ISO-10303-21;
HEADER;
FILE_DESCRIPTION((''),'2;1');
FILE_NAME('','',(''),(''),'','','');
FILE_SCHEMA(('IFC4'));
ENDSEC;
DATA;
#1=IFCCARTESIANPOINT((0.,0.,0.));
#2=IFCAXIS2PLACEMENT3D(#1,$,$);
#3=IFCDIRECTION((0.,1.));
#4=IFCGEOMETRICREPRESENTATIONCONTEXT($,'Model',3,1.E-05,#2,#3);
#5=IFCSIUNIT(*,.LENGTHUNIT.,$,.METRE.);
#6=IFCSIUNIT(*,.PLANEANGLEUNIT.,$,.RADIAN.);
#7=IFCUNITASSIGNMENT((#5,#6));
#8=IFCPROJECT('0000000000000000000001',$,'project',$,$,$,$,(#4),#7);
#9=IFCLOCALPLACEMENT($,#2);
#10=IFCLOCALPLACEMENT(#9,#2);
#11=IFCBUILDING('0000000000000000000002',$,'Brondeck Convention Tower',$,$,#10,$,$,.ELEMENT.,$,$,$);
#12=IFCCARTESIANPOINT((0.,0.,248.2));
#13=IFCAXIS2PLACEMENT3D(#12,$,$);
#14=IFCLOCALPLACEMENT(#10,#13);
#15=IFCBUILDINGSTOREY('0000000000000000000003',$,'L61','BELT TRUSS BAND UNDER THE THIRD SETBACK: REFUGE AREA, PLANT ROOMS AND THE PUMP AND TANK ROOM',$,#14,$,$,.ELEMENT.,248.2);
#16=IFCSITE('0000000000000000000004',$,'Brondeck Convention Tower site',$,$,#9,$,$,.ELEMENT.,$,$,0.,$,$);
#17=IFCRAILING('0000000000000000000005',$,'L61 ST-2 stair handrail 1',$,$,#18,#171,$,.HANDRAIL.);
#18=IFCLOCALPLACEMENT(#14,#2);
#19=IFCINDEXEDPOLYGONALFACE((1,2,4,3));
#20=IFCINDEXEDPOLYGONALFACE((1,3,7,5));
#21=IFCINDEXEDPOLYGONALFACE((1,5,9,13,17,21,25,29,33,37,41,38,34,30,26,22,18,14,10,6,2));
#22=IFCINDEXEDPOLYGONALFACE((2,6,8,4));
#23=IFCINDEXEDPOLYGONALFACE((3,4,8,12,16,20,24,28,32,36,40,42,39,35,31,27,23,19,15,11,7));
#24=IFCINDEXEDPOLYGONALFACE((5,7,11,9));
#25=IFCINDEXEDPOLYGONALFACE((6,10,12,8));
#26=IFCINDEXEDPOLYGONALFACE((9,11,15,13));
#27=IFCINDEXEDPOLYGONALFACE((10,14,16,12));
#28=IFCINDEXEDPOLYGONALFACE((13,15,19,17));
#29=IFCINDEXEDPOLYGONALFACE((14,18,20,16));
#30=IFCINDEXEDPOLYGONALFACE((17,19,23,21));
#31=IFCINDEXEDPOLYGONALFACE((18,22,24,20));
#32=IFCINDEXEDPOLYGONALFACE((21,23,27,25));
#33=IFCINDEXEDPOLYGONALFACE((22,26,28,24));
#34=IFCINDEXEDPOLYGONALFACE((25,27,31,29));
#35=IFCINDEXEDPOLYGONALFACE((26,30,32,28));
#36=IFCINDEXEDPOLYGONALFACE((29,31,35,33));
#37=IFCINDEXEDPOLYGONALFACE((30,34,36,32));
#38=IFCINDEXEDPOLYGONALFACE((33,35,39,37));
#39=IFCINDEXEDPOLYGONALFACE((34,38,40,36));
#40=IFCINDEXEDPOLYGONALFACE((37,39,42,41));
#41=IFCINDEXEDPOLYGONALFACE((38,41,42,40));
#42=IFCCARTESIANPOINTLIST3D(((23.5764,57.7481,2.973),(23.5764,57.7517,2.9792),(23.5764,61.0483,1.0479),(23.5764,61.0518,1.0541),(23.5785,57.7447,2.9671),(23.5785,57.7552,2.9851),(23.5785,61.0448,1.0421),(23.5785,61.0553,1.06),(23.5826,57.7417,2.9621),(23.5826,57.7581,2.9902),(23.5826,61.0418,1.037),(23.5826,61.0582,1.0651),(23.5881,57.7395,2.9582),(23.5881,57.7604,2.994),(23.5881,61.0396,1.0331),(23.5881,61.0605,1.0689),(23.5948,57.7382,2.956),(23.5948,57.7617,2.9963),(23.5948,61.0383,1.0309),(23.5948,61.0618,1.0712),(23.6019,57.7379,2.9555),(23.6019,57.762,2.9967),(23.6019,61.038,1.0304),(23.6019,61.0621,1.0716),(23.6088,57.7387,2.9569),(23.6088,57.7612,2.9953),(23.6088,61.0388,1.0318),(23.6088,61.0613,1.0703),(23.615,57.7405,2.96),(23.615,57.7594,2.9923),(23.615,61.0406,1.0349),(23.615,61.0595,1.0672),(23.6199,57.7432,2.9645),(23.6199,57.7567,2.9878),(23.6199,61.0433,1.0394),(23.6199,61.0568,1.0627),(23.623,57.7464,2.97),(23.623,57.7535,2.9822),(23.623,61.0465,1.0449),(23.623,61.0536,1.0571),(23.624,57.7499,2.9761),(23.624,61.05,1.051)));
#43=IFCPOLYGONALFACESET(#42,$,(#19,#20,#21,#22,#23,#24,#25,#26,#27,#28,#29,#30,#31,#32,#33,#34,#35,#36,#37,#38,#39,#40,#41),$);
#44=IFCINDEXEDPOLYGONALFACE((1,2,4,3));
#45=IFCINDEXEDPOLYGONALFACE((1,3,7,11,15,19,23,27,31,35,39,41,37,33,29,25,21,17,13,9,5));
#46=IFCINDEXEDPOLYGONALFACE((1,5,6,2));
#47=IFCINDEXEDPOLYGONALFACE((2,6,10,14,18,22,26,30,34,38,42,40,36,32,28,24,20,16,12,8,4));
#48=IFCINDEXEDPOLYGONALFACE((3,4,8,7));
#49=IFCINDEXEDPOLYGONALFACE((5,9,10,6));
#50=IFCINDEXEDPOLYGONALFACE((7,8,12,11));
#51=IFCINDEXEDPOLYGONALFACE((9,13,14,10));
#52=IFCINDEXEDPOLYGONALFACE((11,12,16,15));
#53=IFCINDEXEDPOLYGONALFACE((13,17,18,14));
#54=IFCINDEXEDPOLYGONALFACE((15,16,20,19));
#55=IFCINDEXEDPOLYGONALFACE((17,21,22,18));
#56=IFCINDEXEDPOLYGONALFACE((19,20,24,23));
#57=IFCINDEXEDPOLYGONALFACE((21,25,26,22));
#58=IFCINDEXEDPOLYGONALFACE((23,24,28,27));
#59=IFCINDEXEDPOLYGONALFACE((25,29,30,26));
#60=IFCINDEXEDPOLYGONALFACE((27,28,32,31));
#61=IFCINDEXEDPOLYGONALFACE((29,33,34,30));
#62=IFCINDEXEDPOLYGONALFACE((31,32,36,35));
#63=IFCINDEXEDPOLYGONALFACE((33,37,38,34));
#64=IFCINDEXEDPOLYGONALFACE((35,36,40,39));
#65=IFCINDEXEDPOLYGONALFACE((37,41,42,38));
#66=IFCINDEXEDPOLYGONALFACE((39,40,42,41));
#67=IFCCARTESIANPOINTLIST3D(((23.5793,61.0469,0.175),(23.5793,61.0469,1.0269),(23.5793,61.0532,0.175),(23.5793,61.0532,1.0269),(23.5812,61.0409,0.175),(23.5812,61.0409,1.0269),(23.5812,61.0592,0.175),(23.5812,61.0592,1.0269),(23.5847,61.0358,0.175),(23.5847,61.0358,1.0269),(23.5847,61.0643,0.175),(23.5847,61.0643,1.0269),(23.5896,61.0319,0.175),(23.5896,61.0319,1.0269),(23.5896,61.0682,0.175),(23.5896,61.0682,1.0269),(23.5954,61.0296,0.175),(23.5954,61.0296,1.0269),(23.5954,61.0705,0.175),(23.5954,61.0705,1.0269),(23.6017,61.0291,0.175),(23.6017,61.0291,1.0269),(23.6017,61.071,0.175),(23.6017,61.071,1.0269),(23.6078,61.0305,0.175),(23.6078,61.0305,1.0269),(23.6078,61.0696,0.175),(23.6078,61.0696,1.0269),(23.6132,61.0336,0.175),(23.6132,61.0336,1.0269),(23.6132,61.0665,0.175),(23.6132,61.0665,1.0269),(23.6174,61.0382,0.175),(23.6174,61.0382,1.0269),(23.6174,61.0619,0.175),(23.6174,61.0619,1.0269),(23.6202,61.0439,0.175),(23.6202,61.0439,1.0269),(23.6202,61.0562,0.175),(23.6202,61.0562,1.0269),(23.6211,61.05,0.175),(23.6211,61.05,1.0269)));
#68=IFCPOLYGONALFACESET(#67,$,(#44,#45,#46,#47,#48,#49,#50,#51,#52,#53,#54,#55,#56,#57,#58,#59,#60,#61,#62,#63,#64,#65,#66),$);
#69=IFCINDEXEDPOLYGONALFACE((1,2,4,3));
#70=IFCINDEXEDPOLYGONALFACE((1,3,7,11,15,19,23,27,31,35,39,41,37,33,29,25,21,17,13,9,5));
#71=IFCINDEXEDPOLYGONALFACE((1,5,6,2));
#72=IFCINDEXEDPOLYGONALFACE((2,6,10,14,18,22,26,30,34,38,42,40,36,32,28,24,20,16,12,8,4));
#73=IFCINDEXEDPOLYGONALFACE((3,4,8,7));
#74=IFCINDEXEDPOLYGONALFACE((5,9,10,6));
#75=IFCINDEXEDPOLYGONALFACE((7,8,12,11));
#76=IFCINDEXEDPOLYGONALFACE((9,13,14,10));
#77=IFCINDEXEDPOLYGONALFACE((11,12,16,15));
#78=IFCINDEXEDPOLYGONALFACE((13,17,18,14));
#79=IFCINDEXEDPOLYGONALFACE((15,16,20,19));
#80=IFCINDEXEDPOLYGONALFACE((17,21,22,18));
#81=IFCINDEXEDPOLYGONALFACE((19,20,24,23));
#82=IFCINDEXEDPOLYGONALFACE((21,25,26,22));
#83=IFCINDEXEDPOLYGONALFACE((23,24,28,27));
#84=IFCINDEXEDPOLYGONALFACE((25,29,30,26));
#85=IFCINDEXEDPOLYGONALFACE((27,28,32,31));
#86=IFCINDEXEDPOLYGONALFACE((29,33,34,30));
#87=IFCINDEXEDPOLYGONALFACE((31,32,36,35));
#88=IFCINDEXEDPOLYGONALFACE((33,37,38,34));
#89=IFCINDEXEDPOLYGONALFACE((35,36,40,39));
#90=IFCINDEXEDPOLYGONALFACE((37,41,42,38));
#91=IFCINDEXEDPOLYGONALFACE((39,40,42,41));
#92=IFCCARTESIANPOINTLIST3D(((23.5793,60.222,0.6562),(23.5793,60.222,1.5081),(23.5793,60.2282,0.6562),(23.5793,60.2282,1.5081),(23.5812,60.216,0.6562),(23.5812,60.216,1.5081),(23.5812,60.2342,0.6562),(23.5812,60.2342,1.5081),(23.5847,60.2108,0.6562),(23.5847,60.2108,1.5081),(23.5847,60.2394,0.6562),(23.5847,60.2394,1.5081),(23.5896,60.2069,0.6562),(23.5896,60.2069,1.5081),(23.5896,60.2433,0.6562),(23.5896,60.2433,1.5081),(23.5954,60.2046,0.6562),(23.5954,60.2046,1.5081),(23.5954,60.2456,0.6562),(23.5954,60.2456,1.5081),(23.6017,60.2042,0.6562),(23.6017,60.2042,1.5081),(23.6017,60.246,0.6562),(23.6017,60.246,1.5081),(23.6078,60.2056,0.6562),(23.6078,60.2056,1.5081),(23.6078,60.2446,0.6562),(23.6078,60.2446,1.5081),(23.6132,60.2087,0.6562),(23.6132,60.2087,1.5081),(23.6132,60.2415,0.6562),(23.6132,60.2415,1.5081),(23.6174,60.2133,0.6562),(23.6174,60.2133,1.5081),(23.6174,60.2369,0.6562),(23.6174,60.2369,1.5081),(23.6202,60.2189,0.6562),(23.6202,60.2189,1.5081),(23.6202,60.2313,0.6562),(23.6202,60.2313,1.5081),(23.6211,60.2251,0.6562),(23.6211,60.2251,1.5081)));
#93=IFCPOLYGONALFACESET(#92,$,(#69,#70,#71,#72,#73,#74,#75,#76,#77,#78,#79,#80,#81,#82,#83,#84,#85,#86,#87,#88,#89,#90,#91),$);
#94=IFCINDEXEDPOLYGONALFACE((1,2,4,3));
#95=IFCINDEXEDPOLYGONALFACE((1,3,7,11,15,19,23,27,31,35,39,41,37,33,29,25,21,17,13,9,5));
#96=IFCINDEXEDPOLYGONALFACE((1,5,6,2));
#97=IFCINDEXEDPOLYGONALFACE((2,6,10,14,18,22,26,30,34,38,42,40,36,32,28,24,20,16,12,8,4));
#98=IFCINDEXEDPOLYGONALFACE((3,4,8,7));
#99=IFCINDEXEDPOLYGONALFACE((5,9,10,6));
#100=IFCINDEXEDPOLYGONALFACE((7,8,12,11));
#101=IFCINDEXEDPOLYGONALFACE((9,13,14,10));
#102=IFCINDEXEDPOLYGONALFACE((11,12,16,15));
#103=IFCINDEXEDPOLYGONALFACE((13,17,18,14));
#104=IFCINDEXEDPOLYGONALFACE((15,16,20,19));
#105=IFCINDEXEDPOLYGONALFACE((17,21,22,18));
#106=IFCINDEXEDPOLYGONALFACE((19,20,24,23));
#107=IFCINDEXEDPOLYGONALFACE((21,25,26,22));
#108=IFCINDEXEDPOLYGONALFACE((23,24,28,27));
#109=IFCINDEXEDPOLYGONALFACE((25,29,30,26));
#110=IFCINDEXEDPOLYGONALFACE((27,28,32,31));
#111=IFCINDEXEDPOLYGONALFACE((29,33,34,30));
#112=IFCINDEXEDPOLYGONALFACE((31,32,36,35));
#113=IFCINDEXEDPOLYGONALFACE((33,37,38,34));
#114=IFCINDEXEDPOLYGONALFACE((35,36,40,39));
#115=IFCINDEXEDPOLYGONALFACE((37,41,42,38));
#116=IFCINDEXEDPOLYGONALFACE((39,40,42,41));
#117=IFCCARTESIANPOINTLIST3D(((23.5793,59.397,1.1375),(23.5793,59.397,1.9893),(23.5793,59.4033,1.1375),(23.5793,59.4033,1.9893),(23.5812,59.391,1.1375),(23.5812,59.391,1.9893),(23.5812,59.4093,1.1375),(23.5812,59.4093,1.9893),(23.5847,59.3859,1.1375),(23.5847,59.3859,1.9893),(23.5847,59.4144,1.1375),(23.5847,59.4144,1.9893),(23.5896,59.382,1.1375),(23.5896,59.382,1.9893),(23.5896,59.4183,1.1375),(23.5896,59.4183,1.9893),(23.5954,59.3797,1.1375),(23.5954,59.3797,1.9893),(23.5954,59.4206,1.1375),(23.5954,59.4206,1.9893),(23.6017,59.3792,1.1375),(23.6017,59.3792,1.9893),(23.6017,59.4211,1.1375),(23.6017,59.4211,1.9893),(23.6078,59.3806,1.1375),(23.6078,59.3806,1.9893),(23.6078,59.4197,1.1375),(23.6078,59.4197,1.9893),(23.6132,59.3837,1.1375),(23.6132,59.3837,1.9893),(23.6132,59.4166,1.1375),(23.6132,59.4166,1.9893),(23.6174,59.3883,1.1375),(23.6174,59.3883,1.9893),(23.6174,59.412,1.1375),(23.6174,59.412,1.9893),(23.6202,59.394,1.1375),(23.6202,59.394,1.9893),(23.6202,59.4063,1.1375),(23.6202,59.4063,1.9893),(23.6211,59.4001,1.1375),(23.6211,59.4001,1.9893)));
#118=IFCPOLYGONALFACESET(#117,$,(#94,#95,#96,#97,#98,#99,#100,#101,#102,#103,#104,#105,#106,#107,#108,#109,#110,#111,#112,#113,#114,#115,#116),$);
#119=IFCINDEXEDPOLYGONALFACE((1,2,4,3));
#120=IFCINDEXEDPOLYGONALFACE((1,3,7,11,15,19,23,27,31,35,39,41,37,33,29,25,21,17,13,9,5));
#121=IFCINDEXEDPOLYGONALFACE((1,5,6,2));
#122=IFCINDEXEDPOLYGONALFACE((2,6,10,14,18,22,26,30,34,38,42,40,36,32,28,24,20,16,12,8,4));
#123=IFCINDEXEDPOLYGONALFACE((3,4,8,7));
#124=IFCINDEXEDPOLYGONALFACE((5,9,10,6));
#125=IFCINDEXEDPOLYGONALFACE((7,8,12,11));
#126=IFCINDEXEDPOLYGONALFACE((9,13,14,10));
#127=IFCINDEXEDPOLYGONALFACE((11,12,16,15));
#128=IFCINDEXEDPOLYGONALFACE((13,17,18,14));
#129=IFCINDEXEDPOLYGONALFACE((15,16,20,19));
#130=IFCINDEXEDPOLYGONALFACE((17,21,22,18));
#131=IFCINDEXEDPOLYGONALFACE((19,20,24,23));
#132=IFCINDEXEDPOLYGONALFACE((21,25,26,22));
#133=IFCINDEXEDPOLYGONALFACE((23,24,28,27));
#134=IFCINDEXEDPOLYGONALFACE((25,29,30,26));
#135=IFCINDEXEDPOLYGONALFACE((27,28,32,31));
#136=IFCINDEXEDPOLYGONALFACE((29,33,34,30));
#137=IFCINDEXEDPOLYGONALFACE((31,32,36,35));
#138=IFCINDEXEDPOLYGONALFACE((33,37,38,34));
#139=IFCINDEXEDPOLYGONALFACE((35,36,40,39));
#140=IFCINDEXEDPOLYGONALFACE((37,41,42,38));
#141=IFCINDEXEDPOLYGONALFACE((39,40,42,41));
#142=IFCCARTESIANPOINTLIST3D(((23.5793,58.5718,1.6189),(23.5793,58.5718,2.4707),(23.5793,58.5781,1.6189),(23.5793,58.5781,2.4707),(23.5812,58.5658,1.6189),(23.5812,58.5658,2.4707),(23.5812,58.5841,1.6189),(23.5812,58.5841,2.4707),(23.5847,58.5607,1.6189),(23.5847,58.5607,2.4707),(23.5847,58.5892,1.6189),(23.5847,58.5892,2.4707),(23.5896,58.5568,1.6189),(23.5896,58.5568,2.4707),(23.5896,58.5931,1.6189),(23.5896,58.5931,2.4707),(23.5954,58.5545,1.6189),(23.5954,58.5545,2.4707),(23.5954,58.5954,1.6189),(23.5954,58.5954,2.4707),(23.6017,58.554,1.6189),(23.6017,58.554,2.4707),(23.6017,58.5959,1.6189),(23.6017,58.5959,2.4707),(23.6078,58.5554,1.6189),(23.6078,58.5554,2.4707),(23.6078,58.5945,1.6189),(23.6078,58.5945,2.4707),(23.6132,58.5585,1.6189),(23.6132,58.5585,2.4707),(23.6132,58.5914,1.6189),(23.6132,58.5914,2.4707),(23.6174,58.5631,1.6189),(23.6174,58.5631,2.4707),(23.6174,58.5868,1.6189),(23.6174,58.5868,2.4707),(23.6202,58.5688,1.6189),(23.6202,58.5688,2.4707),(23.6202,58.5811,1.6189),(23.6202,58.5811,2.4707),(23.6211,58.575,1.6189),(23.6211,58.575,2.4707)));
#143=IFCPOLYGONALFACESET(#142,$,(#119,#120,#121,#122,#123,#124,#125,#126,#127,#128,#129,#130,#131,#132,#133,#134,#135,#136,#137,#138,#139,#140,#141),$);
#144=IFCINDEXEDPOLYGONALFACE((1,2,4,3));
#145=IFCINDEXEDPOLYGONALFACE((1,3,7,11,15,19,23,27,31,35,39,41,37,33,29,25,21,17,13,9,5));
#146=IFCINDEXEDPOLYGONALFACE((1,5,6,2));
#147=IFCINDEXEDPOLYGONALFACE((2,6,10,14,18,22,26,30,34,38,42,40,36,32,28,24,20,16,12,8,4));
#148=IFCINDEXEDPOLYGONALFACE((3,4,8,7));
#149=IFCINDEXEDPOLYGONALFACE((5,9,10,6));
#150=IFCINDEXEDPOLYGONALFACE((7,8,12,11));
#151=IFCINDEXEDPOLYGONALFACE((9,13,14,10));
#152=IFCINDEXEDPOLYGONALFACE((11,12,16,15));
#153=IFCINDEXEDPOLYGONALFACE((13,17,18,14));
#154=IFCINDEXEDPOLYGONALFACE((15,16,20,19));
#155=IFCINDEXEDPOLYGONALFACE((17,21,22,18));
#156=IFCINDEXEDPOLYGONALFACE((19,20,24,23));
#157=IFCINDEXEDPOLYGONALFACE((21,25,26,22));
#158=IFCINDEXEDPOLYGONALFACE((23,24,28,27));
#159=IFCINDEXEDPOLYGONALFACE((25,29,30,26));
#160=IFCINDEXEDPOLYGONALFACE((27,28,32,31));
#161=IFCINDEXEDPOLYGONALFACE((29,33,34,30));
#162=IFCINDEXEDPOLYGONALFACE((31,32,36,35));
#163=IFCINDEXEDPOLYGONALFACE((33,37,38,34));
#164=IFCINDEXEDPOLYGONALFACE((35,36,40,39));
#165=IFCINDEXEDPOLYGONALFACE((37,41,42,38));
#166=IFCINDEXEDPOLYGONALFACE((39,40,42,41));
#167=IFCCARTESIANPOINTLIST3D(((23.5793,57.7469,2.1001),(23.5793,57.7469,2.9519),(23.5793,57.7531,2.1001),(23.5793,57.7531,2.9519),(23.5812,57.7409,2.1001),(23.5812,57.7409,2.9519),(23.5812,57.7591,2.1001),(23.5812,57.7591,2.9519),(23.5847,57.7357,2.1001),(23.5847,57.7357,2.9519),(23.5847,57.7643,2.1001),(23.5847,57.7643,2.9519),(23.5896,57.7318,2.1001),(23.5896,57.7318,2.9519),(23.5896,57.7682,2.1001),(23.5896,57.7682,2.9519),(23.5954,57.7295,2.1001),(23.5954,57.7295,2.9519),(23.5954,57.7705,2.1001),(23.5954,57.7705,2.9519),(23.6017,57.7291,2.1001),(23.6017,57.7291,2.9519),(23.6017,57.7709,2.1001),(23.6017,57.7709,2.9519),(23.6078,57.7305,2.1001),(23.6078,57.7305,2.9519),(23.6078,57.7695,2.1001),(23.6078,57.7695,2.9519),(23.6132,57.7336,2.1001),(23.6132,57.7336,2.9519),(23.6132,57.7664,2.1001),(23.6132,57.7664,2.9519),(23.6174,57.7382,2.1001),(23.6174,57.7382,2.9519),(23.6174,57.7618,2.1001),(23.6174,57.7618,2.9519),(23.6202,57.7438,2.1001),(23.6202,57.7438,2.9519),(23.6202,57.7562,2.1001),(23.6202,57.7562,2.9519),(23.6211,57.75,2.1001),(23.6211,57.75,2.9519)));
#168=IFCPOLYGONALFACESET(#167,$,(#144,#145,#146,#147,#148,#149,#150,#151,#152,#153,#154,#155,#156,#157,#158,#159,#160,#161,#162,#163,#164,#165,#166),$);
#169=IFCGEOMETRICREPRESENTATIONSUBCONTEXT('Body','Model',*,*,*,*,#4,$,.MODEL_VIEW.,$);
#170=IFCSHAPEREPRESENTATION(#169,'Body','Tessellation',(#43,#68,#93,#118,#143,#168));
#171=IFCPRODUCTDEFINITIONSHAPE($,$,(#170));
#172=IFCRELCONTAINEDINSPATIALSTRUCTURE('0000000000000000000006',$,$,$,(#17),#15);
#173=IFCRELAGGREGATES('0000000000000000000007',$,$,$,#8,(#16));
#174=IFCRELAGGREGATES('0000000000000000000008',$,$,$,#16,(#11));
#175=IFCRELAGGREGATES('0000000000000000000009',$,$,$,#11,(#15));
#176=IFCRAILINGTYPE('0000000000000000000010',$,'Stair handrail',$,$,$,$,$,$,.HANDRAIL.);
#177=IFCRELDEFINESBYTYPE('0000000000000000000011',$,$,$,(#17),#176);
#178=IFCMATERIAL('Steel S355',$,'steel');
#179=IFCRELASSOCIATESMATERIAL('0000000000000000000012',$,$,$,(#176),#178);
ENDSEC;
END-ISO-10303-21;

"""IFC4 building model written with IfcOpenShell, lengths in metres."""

from ifc_helpers import new_model, si_unit, direction, frame, origin, origin_2d, place, context, subcontext, project, spatial, circle, extrude, material, type_object, element, save


model = new_model("IFC4")

# Units and contexts
model_context = context("Model", 3, precision=1e-05, world=origin(), true_north=direction((0.0, 1.0)))
body_context = subcontext(model_context, "Body", "Model", "MODEL_VIEW")
ifc_project = project(units=[si_unit("LENGTHUNIT", "METRE"), si_unit("PLANEANGLEUNIT", "RADIAN")], contexts=[model_context])

# Site, building, storey
site_placement = place(None, origin())
site = spatial("IfcSite", under=ifc_project, at=site_placement, Name="Brondeck Convention Tower site", CompositionType="ELEMENT", RefElevation=0.0)
building_placement = place(site_placement, origin())
building = spatial("IfcBuilding", under=site, at=building_placement, Name="Brondeck Convention Tower", CompositionType="ELEMENT")
storey_placement = place(building_placement, frame((0.0, 0.0, 248.2)))
storey = spatial("IfcBuildingStorey", under=building, at=storey_placement, Name="L61", Description="BELT TRUSS BAND UNDER THE THIRD SETBACK: REFUGE AREA, PLANT ROOMS AND THE PUMP AND TANK ROOM", CompositionType="ELEMENT", Elevation=248.2)

# Railing
ifc_material_1 = material(Name="Steel S355", Category="steel")
railing_type_1 = type_object("IfcRailingType", Name="Stair handrail", PredefinedType="HANDRAIL", material=ifc_material_1)
railing_1_placement = place(storey_placement, frame((23.6001, 61.05, 0.175)))
element("IfcRailing", 1, at=railing_1_placement, inside=storey, type_object=railing_type_1, Name="L61 ST-2 stair handrail 1", PredefinedType="HANDRAIL", context=body_context, shape_type="SweptSolid", body=[
    extrude(circle(Radius=0.0239, at=origin_2d()), frame((0.0, 0.0, 0.876), z_axis=(0.0, -0.863777, 0.503875), x_axis=(1.0, 0.0, 0.0)), (0.0, 0.0, 1.0), 3.8206),
    extrude(circle(Radius=0.021, at=origin_2d()), origin(), (0.0, 0.0, 1.0), 0.8518),
    extrude(circle(Radius=0.021, at=origin_2d()), frame((0.0, -0.825, 0.4812)), (0.0, 0.0, 1.0), 0.8518),
    extrude(circle(Radius=0.021, at=origin_2d()), frame((0.0, -1.6499, 0.9624)), (0.0, 0.0, 1.0), 0.8518),
    extrude(circle(Radius=0.021, at=origin_2d()), frame((0.0, -2.4751, 1.4438)), (0.0, 0.0, 1.0), 0.8518),
    extrude(circle(Radius=0.021, at=origin_2d()), frame((0.0, -3.3, 1.925)), (0.0, 0.0, 1.0), 0.8518),
])

save(model, "model.ifc")
